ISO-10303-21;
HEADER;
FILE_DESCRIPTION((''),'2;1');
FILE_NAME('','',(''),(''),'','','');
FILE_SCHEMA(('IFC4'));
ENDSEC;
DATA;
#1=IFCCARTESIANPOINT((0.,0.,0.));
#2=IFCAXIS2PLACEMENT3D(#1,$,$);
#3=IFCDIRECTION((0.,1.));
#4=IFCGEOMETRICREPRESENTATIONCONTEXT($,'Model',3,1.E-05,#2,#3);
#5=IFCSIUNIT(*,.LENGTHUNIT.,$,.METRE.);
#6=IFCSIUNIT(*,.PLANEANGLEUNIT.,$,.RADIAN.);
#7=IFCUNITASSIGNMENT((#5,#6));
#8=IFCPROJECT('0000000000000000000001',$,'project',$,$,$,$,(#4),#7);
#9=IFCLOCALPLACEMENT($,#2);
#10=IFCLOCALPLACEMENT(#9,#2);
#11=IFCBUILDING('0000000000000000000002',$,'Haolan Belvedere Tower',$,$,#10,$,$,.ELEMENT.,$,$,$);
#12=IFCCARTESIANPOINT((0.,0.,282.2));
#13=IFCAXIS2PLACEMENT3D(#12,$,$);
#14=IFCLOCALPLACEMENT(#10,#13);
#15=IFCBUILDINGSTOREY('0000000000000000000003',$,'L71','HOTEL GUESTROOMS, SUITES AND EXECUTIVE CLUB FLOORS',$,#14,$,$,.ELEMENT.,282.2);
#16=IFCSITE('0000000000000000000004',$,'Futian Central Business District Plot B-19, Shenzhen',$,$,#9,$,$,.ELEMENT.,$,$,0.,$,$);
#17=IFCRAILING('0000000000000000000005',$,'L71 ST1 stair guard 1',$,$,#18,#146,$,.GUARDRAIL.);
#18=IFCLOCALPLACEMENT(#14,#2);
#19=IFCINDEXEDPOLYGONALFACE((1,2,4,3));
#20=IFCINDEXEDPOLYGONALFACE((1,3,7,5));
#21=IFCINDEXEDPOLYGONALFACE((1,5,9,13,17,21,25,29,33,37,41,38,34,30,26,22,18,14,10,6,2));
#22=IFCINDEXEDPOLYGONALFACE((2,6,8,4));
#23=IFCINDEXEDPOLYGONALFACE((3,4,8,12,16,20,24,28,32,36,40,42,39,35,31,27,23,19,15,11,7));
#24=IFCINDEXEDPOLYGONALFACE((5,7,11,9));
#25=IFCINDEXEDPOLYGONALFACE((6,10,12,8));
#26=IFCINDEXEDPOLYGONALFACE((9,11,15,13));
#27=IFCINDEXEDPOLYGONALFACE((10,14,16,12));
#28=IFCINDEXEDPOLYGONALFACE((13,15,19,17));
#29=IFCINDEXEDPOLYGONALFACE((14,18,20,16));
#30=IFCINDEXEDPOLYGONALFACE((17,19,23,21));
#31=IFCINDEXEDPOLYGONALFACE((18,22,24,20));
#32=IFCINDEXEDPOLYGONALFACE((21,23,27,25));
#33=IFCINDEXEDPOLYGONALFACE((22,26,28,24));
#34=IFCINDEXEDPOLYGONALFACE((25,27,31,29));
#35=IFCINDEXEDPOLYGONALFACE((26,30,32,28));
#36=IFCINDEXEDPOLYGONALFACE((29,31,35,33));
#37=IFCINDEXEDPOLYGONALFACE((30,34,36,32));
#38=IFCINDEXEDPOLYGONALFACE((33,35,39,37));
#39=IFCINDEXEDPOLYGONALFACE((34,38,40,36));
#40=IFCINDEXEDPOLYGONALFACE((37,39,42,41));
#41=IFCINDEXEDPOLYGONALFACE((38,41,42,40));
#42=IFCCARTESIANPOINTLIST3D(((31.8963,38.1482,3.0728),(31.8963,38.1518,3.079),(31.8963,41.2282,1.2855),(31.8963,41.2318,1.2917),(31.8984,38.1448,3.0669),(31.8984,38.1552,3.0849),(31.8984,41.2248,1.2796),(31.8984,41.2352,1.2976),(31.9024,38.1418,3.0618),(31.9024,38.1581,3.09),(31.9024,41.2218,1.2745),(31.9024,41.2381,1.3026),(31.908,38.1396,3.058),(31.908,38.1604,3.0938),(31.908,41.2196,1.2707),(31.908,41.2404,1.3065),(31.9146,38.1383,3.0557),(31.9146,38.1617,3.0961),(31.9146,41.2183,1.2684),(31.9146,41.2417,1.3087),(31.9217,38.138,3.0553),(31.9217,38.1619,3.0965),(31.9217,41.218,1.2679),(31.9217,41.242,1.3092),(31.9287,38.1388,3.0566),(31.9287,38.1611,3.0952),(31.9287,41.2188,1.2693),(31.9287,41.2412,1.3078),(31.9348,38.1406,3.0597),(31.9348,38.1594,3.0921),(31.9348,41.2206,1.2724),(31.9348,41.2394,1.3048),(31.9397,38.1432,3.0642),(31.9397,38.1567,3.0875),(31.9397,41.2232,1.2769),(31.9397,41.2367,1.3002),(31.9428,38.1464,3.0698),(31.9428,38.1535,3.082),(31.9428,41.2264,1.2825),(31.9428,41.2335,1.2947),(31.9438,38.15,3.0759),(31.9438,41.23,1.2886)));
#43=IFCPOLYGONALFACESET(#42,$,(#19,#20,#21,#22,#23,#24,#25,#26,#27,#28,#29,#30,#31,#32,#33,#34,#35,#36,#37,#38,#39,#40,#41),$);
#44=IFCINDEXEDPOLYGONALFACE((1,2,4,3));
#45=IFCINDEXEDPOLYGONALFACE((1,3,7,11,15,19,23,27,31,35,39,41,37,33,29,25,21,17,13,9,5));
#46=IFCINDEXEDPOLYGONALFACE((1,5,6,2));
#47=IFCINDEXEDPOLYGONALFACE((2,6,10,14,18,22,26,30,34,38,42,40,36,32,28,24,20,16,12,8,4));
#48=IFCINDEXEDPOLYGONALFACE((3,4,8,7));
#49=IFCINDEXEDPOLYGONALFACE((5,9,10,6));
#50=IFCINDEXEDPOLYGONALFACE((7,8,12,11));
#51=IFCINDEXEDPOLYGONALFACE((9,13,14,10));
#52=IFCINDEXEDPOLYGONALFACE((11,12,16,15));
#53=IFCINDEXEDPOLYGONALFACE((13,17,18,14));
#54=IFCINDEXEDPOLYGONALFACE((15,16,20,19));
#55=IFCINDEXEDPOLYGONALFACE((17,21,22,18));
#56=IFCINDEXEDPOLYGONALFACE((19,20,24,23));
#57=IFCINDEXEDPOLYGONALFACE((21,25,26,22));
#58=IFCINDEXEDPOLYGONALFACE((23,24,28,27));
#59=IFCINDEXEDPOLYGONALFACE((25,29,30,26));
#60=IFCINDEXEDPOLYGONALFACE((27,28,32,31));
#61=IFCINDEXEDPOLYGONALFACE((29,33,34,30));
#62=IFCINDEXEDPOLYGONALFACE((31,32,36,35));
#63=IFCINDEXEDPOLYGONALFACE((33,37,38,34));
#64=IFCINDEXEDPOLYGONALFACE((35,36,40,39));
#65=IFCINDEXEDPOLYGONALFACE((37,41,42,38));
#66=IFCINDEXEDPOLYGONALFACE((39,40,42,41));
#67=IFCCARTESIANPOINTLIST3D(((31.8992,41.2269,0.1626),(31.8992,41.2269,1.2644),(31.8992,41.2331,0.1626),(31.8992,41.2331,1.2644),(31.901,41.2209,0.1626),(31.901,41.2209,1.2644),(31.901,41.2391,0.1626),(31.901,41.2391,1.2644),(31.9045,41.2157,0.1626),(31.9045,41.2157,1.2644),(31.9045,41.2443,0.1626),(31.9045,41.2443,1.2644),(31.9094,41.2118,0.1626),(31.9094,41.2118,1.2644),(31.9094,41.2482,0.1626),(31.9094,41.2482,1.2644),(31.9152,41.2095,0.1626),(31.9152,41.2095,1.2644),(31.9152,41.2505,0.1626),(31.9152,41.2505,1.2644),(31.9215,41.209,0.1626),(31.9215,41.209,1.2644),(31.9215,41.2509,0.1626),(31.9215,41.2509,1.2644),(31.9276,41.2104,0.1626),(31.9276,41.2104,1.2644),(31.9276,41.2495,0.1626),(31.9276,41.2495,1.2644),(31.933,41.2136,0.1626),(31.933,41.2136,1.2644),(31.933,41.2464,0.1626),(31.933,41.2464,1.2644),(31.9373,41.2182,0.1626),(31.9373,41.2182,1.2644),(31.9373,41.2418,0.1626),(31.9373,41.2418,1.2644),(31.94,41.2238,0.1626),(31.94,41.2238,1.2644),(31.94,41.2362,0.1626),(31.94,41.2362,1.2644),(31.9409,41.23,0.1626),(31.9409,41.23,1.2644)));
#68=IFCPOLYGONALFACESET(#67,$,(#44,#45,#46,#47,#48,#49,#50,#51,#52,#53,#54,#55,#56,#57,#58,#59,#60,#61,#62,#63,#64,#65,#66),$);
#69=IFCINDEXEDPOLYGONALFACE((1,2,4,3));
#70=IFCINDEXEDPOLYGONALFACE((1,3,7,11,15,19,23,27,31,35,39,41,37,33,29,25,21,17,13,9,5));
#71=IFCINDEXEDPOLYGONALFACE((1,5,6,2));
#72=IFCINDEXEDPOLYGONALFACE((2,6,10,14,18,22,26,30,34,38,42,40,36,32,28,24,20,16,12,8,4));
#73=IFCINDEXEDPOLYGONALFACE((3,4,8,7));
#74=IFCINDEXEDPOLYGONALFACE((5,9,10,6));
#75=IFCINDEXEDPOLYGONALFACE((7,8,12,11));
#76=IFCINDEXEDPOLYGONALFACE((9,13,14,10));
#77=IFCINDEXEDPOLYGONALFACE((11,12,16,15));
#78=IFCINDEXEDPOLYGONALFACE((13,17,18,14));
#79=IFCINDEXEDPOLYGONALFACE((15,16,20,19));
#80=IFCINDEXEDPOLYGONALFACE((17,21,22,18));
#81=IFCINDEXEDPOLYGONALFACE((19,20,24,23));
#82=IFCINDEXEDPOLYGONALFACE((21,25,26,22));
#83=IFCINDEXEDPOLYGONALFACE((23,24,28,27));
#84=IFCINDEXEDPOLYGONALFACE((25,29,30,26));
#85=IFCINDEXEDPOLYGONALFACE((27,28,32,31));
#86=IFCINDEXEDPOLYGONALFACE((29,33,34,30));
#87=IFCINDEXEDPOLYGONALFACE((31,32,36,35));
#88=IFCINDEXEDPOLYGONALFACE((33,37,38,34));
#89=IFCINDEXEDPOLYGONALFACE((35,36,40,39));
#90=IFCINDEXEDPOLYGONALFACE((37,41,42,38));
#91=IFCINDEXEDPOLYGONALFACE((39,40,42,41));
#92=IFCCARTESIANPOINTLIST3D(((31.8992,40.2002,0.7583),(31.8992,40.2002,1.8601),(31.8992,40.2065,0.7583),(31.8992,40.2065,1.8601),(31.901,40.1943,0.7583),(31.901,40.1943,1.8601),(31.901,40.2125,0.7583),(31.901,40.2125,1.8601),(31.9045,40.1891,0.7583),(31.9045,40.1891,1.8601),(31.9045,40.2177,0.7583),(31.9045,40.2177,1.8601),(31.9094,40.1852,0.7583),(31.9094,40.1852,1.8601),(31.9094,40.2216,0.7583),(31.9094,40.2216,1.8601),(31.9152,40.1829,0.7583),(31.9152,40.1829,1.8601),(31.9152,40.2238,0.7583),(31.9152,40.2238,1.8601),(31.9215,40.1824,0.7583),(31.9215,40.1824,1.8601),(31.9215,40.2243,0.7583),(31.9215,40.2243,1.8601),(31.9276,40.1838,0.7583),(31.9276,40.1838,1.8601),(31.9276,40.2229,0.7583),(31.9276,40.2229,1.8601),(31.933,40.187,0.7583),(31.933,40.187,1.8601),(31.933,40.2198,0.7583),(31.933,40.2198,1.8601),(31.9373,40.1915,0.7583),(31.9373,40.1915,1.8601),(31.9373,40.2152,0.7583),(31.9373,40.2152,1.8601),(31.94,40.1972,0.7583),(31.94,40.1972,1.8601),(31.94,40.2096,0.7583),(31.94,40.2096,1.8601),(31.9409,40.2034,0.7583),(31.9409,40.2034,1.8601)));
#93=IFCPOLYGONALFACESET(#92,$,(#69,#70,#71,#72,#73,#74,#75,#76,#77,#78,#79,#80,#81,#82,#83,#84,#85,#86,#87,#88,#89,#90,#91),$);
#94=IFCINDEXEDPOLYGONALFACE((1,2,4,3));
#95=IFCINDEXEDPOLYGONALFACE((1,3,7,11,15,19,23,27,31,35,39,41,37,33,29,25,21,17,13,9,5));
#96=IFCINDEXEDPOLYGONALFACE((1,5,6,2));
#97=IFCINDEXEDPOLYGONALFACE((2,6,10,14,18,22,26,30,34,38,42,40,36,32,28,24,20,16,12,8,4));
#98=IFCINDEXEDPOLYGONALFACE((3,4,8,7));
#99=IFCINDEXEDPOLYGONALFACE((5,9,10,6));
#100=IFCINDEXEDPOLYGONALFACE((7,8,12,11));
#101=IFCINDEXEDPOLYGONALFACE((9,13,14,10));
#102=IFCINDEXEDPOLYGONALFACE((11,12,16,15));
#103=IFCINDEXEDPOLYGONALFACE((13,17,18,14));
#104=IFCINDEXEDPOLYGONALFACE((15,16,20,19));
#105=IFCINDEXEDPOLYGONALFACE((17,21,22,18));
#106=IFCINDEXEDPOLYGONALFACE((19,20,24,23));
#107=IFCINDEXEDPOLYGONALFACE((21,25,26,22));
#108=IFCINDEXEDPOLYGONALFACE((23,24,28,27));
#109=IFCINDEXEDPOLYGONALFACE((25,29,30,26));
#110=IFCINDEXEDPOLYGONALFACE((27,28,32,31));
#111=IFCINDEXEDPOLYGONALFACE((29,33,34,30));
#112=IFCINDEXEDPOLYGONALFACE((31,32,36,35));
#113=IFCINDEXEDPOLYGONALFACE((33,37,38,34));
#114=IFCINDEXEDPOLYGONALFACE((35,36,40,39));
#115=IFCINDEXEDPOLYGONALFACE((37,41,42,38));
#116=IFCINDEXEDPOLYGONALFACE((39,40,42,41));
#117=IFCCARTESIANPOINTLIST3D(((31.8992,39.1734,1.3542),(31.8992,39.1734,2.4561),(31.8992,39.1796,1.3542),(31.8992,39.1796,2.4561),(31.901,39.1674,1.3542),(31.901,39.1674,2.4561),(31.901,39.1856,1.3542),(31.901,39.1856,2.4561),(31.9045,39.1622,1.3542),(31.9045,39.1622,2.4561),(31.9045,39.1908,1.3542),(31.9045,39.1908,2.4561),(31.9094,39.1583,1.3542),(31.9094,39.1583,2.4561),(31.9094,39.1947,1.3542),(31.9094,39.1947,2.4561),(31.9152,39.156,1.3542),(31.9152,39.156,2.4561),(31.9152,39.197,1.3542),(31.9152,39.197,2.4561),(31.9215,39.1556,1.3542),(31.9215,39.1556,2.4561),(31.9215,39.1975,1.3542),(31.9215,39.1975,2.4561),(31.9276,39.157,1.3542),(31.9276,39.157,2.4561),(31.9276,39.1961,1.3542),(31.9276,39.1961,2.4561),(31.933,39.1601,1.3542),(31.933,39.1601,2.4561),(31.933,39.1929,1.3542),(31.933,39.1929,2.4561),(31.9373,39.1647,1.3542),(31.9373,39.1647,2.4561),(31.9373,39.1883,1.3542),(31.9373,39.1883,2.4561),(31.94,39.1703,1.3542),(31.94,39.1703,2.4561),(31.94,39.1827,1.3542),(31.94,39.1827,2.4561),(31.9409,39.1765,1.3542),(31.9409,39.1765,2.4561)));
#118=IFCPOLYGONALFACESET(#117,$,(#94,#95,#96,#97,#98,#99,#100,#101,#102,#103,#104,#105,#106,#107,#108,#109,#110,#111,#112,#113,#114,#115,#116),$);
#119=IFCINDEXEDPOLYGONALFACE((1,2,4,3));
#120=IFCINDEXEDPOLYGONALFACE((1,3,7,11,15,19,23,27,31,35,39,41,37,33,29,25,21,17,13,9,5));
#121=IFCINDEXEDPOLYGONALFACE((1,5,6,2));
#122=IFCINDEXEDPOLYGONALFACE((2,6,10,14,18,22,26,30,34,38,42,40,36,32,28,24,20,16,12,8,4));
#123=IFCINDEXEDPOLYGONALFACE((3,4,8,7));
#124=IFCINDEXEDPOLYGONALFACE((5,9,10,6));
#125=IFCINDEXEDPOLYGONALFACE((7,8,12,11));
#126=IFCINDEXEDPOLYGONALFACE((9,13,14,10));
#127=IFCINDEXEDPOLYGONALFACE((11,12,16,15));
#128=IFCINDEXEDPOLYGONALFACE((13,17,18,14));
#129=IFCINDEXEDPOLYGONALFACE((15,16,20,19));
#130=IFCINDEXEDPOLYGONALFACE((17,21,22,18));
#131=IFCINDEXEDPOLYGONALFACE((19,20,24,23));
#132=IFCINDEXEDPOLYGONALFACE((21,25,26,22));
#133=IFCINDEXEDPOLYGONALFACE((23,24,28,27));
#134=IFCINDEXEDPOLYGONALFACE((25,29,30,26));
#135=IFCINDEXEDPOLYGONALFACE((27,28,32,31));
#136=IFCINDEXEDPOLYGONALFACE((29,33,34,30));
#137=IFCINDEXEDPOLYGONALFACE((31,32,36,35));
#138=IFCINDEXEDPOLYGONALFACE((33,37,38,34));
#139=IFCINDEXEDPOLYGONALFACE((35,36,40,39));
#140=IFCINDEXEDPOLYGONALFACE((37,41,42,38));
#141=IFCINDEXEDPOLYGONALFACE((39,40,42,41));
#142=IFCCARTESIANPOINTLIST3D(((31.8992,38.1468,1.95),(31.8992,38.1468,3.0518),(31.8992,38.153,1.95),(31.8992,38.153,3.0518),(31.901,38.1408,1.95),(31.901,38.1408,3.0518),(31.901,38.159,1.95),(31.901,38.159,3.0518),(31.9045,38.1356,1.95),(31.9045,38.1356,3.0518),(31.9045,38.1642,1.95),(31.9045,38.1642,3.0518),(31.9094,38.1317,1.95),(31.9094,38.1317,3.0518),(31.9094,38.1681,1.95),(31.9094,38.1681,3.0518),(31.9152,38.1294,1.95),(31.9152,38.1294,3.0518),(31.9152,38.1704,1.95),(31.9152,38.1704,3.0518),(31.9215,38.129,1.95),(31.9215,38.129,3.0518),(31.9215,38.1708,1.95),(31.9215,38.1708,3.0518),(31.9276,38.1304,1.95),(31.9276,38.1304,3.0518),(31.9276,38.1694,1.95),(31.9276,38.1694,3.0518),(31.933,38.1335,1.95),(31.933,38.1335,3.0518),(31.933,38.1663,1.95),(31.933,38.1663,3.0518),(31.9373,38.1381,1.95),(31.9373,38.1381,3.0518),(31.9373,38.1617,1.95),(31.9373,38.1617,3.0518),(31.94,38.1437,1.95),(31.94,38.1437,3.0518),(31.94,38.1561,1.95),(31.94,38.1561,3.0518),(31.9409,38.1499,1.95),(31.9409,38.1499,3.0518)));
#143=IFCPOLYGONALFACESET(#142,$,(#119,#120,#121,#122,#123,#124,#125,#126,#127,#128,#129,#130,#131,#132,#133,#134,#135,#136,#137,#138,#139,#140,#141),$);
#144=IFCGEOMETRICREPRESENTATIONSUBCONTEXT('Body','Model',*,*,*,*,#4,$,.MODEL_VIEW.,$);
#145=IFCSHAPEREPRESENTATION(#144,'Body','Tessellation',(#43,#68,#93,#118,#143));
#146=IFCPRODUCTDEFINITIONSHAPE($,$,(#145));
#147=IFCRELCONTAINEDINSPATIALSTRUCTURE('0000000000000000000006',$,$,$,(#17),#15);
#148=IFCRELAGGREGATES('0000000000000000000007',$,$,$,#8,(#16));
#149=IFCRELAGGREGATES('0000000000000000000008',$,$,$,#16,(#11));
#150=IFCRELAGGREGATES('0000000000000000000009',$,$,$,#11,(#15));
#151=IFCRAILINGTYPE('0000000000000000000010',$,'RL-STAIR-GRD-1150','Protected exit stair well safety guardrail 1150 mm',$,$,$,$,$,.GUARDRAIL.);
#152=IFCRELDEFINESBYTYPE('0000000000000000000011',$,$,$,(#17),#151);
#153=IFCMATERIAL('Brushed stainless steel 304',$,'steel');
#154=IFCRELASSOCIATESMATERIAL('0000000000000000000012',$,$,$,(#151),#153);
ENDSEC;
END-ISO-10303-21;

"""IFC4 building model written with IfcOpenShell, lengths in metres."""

from ifc_helpers import new_model, si_unit, direction, frame, origin, origin_2d, place, context, subcontext, project, spatial, circle, extrude, material, type_object, element, save


model = new_model("IFC4")

# Units and contexts
model_context = context("Model", 3, precision=1e-05, world=origin(), true_north=direction((0.0, 1.0)))
body_context = subcontext(model_context, "Body", "Model", "MODEL_VIEW")
ifc_project = project(units=[si_unit("LENGTHUNIT", "METRE"), si_unit("PLANEANGLEUNIT", "RADIAN")], contexts=[model_context])

# Site, building, storey
site_placement = place(None, origin())
site = spatial("IfcSite", under=ifc_project, at=site_placement, Name="Futian Central Business District Plot B-19, Shenzhen", CompositionType="ELEMENT", RefElevation=0.0)
building_placement = place(site_placement, origin())
building = spatial("IfcBuilding", under=site, at=building_placement, Name="Haolan Belvedere Tower", CompositionType="ELEMENT")
storey_placement = place(building_placement, frame((0.0, 0.0, 282.2)))
storey = spatial("IfcBuildingStorey", under=building, at=storey_placement, Name="L71", Description="HOTEL GUESTROOMS, SUITES AND EXECUTIVE CLUB FLOORS", CompositionType="ELEMENT", Elevation=282.2)

# Railing
ifc_material_1 = material(Name="Brushed stainless steel 304", Category="steel")
railing_type_1 = type_object("IfcRailingType", Name="RL-STAIR-GRD-1150", Description="Protected exit stair well safety guardrail 1150 mm", PredefinedType="GUARDRAIL", material=ifc_material_1)
railing_1_placement = place(storey_placement, frame((31.9199, 41.23, 0.1626)))
element("IfcRailing", 1, at=railing_1_placement, inside=storey, type_object=railing_type_1, Name="L71 ST1 stair guard 1", PredefinedType="GUARDRAIL", context=body_context, shape_type="SweptSolid", body=[
    extrude(circle(Radius=0.0239, at=origin_2d()), frame((0.0, 0.0, 1.126), z_axis=(0.0, -0.86492, 0.501909), x_axis=(1.0, 0.0, 0.0)), (0.0, 0.0, 1.0), 3.561),
    extrude(circle(Radius=0.021, at=origin_2d()), origin(), (0.0, 0.0, 1.0), 1.1018),
    extrude(circle(Radius=0.021, at=origin_2d()), frame((0.0, -1.0266, 0.5957)), (0.0, 0.0, 1.0), 1.1018),
    extrude(circle(Radius=0.021, at=origin_2d()), frame((0.0, -2.0535, 1.1917)), (0.0, 0.0, 1.0), 1.1018),
    extrude(circle(Radius=0.021, at=origin_2d()), frame((0.0, -3.0801, 1.7874)), (0.0, 0.0, 1.0), 1.1018),
])

save(model, "model.ifc")
